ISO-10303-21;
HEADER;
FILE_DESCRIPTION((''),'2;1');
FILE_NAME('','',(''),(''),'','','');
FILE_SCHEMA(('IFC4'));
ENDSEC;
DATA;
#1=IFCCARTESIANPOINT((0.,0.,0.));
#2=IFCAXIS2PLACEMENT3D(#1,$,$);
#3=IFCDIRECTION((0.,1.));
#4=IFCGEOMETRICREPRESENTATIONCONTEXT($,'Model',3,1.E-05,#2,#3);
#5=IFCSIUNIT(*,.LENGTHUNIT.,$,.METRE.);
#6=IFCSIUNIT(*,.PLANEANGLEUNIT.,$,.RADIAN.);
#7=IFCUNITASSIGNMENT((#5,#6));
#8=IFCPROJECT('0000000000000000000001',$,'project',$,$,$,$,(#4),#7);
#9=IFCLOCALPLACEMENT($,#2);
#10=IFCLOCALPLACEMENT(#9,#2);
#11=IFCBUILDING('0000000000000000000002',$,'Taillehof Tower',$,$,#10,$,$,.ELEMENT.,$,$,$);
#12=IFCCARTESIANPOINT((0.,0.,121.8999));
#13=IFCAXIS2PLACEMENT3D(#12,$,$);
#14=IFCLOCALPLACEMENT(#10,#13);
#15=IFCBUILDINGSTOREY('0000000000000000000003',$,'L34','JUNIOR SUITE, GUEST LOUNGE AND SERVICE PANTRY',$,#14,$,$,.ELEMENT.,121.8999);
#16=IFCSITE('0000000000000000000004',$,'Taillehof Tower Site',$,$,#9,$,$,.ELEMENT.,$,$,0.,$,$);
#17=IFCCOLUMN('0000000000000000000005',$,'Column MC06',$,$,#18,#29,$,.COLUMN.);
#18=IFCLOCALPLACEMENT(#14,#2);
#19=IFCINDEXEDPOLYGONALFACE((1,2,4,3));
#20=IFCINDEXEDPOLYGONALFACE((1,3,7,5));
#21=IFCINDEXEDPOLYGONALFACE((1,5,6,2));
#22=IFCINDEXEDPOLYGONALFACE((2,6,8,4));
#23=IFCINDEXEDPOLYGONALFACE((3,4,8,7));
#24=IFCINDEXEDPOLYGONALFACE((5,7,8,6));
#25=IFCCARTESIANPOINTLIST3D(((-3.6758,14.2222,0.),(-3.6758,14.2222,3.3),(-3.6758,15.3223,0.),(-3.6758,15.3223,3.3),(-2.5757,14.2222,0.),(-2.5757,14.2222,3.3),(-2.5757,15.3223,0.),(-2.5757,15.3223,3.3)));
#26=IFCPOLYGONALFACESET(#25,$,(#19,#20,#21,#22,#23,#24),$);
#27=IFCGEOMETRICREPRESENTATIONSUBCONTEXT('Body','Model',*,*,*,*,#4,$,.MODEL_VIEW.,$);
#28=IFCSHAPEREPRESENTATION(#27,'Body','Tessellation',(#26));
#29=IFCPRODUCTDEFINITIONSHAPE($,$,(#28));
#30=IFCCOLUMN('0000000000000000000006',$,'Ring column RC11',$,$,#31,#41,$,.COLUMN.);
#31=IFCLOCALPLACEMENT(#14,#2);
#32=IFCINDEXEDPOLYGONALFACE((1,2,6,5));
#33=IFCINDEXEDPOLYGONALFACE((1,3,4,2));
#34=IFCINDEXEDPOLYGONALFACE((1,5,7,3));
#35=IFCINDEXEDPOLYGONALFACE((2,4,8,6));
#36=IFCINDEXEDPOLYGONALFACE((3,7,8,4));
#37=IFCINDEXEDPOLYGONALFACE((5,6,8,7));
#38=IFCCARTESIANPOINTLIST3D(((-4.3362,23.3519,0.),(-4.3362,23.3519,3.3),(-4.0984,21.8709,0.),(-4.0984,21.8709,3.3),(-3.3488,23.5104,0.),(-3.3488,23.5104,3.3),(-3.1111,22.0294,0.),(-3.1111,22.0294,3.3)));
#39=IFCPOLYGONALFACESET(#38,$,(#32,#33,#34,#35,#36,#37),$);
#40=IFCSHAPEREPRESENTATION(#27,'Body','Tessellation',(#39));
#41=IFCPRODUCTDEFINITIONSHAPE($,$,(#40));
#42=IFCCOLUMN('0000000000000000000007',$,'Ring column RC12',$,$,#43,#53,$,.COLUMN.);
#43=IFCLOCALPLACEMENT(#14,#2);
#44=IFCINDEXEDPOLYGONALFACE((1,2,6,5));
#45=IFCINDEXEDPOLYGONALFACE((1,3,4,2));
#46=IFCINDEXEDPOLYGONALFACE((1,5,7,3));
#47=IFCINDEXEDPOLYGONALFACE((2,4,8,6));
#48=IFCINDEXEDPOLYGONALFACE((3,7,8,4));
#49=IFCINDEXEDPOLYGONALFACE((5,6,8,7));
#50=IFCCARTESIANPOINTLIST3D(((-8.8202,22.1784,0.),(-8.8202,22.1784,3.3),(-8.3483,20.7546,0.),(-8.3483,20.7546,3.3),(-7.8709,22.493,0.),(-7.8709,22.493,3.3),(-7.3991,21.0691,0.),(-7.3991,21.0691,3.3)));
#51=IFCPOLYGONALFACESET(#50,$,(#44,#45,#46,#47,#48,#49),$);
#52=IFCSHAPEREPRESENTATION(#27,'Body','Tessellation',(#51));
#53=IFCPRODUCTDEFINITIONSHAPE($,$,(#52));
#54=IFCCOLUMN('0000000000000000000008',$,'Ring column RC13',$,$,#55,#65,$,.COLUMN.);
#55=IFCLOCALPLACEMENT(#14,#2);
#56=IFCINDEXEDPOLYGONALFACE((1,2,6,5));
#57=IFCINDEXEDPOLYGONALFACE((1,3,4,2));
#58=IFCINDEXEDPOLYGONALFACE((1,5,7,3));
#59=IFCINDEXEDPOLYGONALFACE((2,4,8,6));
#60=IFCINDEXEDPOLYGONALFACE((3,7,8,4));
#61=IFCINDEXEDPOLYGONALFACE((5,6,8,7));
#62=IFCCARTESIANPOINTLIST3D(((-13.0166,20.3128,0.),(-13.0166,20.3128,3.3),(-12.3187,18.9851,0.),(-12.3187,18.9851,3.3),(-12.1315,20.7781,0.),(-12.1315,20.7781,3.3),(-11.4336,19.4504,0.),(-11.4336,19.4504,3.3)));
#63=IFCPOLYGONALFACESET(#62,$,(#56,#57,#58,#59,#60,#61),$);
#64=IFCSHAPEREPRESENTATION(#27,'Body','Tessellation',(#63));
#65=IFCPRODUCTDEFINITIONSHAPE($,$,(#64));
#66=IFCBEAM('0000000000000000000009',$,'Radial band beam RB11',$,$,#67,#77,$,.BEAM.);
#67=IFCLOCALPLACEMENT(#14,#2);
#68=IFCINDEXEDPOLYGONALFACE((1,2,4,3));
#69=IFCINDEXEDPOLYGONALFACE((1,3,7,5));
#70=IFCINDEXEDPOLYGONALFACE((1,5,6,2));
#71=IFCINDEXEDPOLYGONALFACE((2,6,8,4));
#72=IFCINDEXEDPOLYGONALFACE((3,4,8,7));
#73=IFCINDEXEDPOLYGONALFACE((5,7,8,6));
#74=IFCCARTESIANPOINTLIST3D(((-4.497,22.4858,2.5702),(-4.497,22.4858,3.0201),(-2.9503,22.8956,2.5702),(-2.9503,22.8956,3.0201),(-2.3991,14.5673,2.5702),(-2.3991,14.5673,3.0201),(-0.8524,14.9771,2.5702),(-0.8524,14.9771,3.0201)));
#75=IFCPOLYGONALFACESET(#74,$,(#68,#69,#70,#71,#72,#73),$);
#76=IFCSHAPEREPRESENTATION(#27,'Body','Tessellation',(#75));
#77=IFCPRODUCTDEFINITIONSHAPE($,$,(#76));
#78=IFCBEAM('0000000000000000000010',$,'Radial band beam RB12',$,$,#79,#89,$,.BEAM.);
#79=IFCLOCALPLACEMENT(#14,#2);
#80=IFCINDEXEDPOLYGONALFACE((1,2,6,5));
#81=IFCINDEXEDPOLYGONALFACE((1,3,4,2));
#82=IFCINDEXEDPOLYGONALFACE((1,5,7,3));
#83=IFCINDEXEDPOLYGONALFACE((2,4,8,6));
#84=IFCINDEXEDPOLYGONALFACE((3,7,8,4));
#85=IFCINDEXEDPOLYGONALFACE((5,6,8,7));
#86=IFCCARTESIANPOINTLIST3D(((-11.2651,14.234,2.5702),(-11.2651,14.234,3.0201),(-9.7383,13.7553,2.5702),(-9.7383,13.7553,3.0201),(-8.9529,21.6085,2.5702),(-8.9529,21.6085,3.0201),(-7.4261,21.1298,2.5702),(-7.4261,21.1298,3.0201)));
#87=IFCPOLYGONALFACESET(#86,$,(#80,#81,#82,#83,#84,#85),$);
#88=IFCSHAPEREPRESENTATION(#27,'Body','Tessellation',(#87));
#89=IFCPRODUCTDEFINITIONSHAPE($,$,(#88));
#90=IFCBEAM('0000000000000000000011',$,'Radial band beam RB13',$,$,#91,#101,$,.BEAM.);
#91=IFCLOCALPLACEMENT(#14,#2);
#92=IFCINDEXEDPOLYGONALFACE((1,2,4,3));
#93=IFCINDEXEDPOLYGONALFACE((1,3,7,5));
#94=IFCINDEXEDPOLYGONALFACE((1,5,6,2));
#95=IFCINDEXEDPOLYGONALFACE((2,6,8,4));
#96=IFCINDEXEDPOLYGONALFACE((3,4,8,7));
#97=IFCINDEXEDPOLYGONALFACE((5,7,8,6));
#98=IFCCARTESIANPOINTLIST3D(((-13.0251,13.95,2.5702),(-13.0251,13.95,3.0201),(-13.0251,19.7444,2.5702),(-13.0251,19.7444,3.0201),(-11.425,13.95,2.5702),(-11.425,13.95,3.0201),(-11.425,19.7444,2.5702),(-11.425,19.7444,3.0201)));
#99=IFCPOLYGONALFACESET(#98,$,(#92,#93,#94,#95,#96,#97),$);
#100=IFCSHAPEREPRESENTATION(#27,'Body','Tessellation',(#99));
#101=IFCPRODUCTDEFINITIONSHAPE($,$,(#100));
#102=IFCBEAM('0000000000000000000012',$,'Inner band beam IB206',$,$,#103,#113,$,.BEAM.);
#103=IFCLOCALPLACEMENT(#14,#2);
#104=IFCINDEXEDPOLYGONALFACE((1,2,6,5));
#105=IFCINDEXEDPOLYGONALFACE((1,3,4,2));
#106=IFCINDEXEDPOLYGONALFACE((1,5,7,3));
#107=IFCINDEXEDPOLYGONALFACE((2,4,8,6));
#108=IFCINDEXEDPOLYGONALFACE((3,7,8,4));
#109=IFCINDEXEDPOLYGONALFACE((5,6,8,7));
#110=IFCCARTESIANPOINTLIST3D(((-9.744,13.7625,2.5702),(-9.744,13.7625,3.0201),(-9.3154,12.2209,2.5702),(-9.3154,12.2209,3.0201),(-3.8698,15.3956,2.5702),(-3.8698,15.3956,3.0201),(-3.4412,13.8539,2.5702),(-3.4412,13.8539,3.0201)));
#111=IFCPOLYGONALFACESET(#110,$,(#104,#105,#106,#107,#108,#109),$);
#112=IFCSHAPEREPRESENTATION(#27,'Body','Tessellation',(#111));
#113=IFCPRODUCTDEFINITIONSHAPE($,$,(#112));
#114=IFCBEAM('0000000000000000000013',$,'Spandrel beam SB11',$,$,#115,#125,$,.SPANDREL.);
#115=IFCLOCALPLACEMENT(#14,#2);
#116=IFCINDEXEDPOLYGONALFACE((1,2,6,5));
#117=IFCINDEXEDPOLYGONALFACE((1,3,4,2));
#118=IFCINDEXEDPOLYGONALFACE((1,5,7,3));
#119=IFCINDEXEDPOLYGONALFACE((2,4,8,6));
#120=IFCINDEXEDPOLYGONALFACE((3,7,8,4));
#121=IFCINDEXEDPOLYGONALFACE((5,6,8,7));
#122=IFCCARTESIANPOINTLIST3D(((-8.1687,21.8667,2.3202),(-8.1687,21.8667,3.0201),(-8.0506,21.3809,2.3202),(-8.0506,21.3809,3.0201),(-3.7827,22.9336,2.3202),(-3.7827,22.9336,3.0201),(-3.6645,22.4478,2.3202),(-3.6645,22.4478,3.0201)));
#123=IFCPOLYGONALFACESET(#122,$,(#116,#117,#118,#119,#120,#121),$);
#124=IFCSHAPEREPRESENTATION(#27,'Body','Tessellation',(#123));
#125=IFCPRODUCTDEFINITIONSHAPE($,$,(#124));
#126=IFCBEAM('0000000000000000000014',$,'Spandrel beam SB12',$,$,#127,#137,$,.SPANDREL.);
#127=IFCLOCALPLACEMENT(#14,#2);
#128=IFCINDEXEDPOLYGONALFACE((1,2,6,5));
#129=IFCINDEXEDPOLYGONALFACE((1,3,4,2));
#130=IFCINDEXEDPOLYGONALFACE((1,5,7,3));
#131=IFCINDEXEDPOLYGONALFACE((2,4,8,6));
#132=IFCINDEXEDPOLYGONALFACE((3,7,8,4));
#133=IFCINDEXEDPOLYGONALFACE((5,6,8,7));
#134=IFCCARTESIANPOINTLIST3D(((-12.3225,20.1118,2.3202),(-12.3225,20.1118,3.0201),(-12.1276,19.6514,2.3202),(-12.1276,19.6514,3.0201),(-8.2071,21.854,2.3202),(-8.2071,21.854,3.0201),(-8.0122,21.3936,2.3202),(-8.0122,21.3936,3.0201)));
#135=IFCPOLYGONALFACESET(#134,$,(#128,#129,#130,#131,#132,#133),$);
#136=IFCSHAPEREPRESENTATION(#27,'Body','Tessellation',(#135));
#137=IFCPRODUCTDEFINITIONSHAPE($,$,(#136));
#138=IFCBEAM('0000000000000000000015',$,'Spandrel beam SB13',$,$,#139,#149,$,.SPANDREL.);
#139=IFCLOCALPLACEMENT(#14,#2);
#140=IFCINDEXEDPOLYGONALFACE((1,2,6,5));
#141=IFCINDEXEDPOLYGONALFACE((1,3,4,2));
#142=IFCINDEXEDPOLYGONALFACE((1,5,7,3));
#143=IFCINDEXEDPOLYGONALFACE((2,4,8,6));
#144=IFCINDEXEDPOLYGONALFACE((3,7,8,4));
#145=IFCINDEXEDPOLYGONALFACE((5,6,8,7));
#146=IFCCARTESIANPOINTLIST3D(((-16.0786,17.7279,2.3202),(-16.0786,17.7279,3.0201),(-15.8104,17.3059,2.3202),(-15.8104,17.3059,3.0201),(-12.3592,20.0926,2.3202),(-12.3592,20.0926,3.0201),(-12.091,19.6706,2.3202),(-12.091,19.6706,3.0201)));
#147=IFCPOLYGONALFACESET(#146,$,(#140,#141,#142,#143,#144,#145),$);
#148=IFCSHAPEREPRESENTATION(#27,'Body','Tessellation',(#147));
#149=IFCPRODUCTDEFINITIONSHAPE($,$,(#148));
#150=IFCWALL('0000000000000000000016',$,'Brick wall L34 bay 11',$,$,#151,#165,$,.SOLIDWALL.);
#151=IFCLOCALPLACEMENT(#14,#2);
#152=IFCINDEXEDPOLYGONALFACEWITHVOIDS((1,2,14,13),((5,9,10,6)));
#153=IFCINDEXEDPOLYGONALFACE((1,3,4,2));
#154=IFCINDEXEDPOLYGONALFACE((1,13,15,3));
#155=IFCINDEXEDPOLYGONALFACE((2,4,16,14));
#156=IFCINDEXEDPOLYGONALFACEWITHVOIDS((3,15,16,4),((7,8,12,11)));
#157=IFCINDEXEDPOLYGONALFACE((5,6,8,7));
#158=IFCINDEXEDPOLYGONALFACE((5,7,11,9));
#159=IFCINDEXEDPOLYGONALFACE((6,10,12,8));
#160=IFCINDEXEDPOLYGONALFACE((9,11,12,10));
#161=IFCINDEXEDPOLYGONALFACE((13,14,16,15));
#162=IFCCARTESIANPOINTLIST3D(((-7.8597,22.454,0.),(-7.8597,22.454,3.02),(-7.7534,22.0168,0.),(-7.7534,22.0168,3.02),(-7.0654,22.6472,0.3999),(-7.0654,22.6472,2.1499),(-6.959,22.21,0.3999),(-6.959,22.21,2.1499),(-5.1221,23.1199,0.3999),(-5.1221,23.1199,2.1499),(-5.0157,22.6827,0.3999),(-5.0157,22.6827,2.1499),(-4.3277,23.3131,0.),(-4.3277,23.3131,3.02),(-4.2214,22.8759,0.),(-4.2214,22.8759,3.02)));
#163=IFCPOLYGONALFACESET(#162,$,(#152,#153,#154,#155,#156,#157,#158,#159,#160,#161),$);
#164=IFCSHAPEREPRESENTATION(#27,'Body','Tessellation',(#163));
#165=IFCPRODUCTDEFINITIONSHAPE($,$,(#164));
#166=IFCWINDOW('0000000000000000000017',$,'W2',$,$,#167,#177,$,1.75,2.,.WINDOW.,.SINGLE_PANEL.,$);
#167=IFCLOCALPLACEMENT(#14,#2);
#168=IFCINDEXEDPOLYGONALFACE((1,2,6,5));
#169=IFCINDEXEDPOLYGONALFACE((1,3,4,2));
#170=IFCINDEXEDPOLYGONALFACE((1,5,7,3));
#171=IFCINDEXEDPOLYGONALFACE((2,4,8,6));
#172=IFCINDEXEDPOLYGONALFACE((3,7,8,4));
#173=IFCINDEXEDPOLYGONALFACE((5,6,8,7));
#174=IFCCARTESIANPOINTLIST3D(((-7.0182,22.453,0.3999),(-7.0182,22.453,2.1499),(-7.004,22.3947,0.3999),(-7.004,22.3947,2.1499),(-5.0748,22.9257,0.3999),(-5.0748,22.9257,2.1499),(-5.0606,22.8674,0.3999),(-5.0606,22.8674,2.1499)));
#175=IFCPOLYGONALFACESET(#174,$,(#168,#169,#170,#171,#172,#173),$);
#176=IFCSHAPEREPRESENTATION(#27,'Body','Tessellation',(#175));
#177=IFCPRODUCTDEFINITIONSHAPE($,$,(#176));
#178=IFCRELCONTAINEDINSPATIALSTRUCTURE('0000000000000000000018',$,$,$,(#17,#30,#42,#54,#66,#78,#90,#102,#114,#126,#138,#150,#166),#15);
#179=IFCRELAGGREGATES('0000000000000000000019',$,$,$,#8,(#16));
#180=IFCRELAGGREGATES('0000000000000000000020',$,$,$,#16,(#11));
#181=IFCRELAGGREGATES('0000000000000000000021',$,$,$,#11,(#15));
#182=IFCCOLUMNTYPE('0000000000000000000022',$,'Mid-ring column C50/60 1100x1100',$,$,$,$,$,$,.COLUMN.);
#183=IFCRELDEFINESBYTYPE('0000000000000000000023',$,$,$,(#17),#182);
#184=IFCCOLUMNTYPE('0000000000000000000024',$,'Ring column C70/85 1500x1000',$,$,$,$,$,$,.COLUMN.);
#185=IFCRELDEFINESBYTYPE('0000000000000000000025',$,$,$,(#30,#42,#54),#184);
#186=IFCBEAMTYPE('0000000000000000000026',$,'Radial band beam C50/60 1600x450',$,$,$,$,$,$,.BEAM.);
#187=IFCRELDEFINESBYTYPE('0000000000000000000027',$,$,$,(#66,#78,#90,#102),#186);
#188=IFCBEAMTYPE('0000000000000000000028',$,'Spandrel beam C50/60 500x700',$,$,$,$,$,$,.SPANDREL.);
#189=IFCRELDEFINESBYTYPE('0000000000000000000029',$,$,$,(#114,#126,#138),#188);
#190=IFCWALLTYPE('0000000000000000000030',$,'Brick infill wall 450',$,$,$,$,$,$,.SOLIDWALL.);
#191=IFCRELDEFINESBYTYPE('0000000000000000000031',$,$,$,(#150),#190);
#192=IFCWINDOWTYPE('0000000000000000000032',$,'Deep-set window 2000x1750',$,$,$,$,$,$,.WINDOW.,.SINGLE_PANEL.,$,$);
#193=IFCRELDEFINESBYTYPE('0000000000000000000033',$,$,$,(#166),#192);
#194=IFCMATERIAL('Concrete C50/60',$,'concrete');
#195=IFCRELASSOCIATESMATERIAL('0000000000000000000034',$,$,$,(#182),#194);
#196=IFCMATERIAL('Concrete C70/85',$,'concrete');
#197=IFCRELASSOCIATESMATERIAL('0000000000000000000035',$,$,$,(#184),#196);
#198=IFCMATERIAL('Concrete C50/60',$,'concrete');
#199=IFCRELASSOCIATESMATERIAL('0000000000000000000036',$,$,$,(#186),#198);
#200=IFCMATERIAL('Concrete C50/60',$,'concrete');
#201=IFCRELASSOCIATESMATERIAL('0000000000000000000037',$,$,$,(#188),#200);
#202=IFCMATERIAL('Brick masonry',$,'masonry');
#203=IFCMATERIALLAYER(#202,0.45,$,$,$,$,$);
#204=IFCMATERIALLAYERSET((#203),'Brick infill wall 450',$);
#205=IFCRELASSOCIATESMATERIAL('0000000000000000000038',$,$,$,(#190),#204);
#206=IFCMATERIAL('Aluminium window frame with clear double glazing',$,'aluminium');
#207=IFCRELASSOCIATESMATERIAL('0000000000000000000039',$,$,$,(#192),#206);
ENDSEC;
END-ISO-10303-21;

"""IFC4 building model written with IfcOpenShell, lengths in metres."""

from ifc_helpers import new_model, si_unit, direction, frame, frame_2d, origin, origin_2d, place, context, subcontext, project, spatial, rectangle, extrude, material, layer, layer_set, material_profile, profile_set, type_object, element, fill, save


model = new_model("IFC4")

# Units and contexts
model_context = context("Model", 3, precision=1e-05, world=origin(), true_north=direction((0.0, 1.0)))
body_context = subcontext(model_context, "Body", "Model", "MODEL_VIEW")
ifc_project = project(units=[si_unit("LENGTHUNIT", "METRE"), si_unit("PLANEANGLEUNIT", "RADIAN")], contexts=[model_context])

# Site, building, storey
site_placement = place(None, origin())
site = spatial("IfcSite", under=ifc_project, at=site_placement, Name="Taillehof Tower Site", CompositionType="ELEMENT", RefElevation=0.0)
building_placement = place(site_placement, origin())
building = spatial("IfcBuilding", under=site, at=building_placement, Name="Taillehof Tower", CompositionType="ELEMENT")
storey_placement = place(building_placement, frame((0.0, 0.0, 121.8999)))
storey = spatial("IfcBuildingStorey", under=building, at=storey_placement, Name="L34", Description="JUNIOR SUITE, GUEST LOUNGE AND SERVICE PANTRY", CompositionType="ELEMENT", Elevation=121.8999)

# Columns
ifc_material_1 = material(Name="Concrete C50/60", Category="concrete")
ifc_material_profile_1 = material_profile(ifc_material_1, rectangle(XDim=1.1001, YDim=1.1001, at=origin_2d()), Name="RC 1100x1100")
ifc_profile_set_1 = profile_set([ifc_material_profile_1], Name="Concrete C50/60")
column_type_1 = type_object("IfcColumnType", Name="Mid-ring column C50/60 1100x1100", PredefinedType="COLUMN", material=ifc_profile_set_1)
column_placement = place(storey_placement, frame((-3.1257, 14.7722, 0.0), z_axis=(0.0, 0.0, 1.0), x_axis=(1.0, 0.0, 0.0)))
element("IfcColumn", 1, at=column_placement, inside=storey, type_object=column_type_1, Name="Column MC06", PredefinedType="COLUMN", context=body_context, shape_type="SweptSolid", body=[
    extrude(rectangle(XDim=1.1001, YDim=1.1001, at=origin_2d()), origin(), (0.0, 0.0, 1.0), 3.3),
])
ifc_material_2 = material(Name="Concrete C70/85", Category="concrete")
ifc_material_profile_2 = material_profile(ifc_material_2, rectangle(XDim=1.5, YDim=1.0, at=origin_2d()), Name="RC 1500x1000")
ifc_profile_set_2 = profile_set([ifc_material_profile_2], Name="Concrete C70/85")
column_type_2 = type_object("IfcColumnType", Name="Ring column C70/85 1500x1000", PredefinedType="COLUMN", material=ifc_profile_set_2)
for number, where, z_axis, x_axis, name in (
    (2, (-3.7236, 22.6907, 0.0), (0.0, 0.0, 1.0), (-0.158507, 0.987358, 0.0), "Ring column RC11"),
    (3, (-8.1096, 21.6238, 0.0), (0.0, 0.0, 1.0), (-0.314555, 0.949239, 0.0), "Ring column RC12"),
    (4, (-12.2251, 19.8816, 0.0), (0.0, 0.0, 1.0), (-0.465283, 0.885162, 0.0), "Ring column RC13"),
):
    element("IfcColumn", number, at=place(storey_placement, frame(where, z_axis=z_axis, x_axis=x_axis)), inside=storey, type_object=column_type_2, Name=name, PredefinedType="COLUMN", context=body_context, shape_type="SweptSolid", body=[
        extrude(rectangle(XDim=1.5, YDim=1.0, at=origin_2d()), origin(), (0.0, 0.0, 1.0), 3.3),
    ])

# Beams
ifc_material_3 = material(Name="Concrete C50/60", Category="concrete")
ifc_material_profile_3 = material_profile(ifc_material_3, rectangle(XDim=1.6001, YDim=0.45, at=origin_2d()), Name="RC 1600x450")
ifc_profile_set_3 = profile_set([ifc_material_profile_3], Name="Concrete C50/60")
beam_type_1 = type_object("IfcBeamType", Name="Radial band beam C50/60 1600x450", PredefinedType="BEAM", material=ifc_profile_set_3)
beam_1_placement = place(storey_placement, frame((-3.7236, 22.6907, 2.7952), z_axis=(0.256102, -0.96665, 0.0), x_axis=(0.96665, 0.256102, 0.0)))
element("IfcBeam", 5, at=beam_1_placement, inside=storey, type_object=beam_type_1, Name="Radial band beam RB11", PredefinedType="BEAM", context=body_context, shape_type="SweptSolid", body=[
    extrude(rectangle(XDim=1.6001, YDim=0.45, at=origin_2d()), origin(), (0.0, 0.0, 1.0), 8.1917),
])
beam_2_placement = place(storey_placement, frame((-8.1895, 21.3691, 2.7952), z_axis=(-0.299185, -0.954195, 0.0), x_axis=(0.954195, -0.299185, 0.0)))
element("IfcBeam", 6, at=beam_2_placement, inside=storey, type_object=beam_type_1, Name="Radial band beam RB12", PredefinedType="BEAM", context=body_context, shape_type="SweptSolid", body=[
    extrude(rectangle(XDim=1.6001, YDim=0.45, at=origin_2d()), origin(), (0.0, 0.0, 1.0), 7.7285),
])
beam_3_placement = place(storey_placement, frame((-12.2251, 19.7444, 2.7952), z_axis=(0.0, -1.0, 0.0), x_axis=(1.0, 0.0, 0.0)))
element("IfcBeam", 7, at=beam_3_placement, inside=storey, type_object=beam_type_1, Name="Radial band beam RB13", PredefinedType="BEAM", context=body_context, shape_type="SweptSolid", body=[
    extrude(rectangle(XDim=1.6001, YDim=0.45, at=origin_2d()), origin(), (0.0, 0.0, 1.0), 5.7944),
])
beam_4_placement = place(storey_placement, frame((-3.6555, 14.6248, 2.7952), z_axis=(-0.963459, -0.267855, 0.0), x_axis=(0.267855, -0.963459, 0.0)))
element("IfcBeam", 8, at=beam_4_placement, inside=storey, type_object=beam_type_1, Name="Inner band beam IB206", PredefinedType="BEAM", context=body_context, shape_type="SweptSolid", body=[
    extrude(rectangle(XDim=1.6001, YDim=0.45, at=origin_2d()), origin(), (0.0, 0.0, 1.0), 6.0969),
])
ifc_material_4 = material(Name="Concrete C50/60", Category="concrete")
ifc_material_profile_4 = material_profile(ifc_material_4, rectangle(XDim=0.5, YDim=0.7, at=origin_2d()), Name="RC 500x700")
ifc_profile_set_4 = profile_set([ifc_material_profile_4], Name="Concrete C50/60")
beam_type_2 = type_object("IfcBeamType", Name="Spandrel beam C50/60 500x700", PredefinedType="SPANDREL", material=ifc_profile_set_4)
beam_5_placement = place(storey_placement, frame((-3.7236, 22.6907, 2.6702), z_axis=(-0.971666, -0.236358, 0.0), x_axis=(0.236358, -0.971666, 0.0)))
element("IfcBeam", 9, at=beam_5_placement, inside=storey, type_object=beam_type_2, Name="Spandrel beam SB11", PredefinedType="SPANDREL", context=body_context, shape_type="SweptSolid", body=[
    extrude(rectangle(XDim=0.5, YDim=0.7, at=origin_2d()), origin(), (0.0, 0.0, 1.0), 4.5139),
])
beam_6_placement = place(storey_placement, frame((-8.1096, 21.6238, 2.6702), z_axis=(-0.920885, -0.389834, 0.0), x_axis=(0.389834, -0.920885, 0.0)))
element("IfcBeam", 10, at=beam_6_placement, inside=storey, type_object=beam_type_2, Name="Spandrel beam SB12", PredefinedType="SPANDREL", context=body_context, shape_type="SweptSolid", body=[
    extrude(rectangle(XDim=0.5, YDim=0.7, at=origin_2d()), origin(), (0.0, 0.0, 1.0), 4.469),
])
beam_7_placement = place(storey_placement, frame((-12.2251, 19.8816, 2.6702), z_axis=(-0.843887, -0.536521, 0.0), x_axis=(0.536521, -0.843887, 0.0)))
element("IfcBeam", 11, at=beam_7_placement, inside=storey, type_object=beam_type_2, Name="Spandrel beam SB13", PredefinedType="SPANDREL", context=body_context, shape_type="SweptSolid", body=[
    extrude(rectangle(XDim=0.5, YDim=0.7, at=origin_2d()), origin(), (0.0, 0.0, 1.0), 4.4075),
])

# Wall, opening, window
ifc_material_5 = material(Name="Brick masonry", Category="masonry")
ifc_layer_1 = layer(ifc_material_5, 0.45)
ifc_layer_set_1 = layer_set([ifc_layer_1], Name="Brick infill wall 450")
wall_type_1 = type_object("IfcWallType", Name="Brick infill wall 450", PredefinedType="SOLIDWALL", material=ifc_layer_set_1)
wall_1_placement = place(storey_placement, frame((-4.2747, 23.0945, 0.0), z_axis=(0.0, 0.0, 1.0), x_axis=(-0.971668, -0.236352, 0.0)))
wall_1 = element("IfcWall", 12, at=wall_1_placement, inside=storey, type_object=wall_type_1, Name="Brick wall L34 bay 11", PredefinedType="SOLIDWALL", context=body_context, shape_type="SweptSolid", body=[
    extrude(rectangle(XDim=3.635, YDim=0.45, at=frame_2d((1.8174, 0.0))), origin(), (0.0, 0.0, 1.0), 3.02),
])
opening_1_placement = place(wall_1_placement, frame((0.8174, 0.0, 0.3999)))
opening_1 = element("IfcOpeningElement", 13, at=opening_1_placement, cuts=wall_1, PredefinedType="OPENING", context=body_context, shape_type="SweptSolid", body=[
    extrude(rectangle(XDim=2.0, YDim=1.75, at=frame_2d((1.0, 0.875))), frame((0.0, 0.2349, 0.0), z_axis=(0.0, -1.0, 0.0), x_axis=(1.0, 0.0, 0.0)), (0.0, 0.0, 1.0), 0.47),
])
ifc_material_6 = material(Name="Aluminium window frame with clear double glazing", Category="aluminium")
window_type_1 = type_object("IfcWindowType", Name="Deep-set window 2000x1750", PartitioningType="SINGLE_PANEL", PredefinedType="WINDOW", material=ifc_material_6)
window_1_placement = place(opening_1_placement, origin())
window_1 = element("IfcWindow", 14, at=window_1_placement, inside=storey, type_object=window_type_1, Name="W2", OverallHeight=1.75, OverallWidth=2.0, PartitioningType="SINGLE_PANEL", PredefinedType="WINDOW", context=body_context, shape_type="SweptSolid", body=[
    extrude(rectangle(XDim=2.0, YDim=1.75, at=frame_2d((1.0, 0.875))), frame((0.0, 0.0349, 0.0), z_axis=(0.0, -1.0, 0.0), x_axis=(1.0, 0.0, 0.0)), (0.0, 0.0, 1.0), 0.0601),
])
fill(opening_1, window_1)

save(model, "model.ifc")
